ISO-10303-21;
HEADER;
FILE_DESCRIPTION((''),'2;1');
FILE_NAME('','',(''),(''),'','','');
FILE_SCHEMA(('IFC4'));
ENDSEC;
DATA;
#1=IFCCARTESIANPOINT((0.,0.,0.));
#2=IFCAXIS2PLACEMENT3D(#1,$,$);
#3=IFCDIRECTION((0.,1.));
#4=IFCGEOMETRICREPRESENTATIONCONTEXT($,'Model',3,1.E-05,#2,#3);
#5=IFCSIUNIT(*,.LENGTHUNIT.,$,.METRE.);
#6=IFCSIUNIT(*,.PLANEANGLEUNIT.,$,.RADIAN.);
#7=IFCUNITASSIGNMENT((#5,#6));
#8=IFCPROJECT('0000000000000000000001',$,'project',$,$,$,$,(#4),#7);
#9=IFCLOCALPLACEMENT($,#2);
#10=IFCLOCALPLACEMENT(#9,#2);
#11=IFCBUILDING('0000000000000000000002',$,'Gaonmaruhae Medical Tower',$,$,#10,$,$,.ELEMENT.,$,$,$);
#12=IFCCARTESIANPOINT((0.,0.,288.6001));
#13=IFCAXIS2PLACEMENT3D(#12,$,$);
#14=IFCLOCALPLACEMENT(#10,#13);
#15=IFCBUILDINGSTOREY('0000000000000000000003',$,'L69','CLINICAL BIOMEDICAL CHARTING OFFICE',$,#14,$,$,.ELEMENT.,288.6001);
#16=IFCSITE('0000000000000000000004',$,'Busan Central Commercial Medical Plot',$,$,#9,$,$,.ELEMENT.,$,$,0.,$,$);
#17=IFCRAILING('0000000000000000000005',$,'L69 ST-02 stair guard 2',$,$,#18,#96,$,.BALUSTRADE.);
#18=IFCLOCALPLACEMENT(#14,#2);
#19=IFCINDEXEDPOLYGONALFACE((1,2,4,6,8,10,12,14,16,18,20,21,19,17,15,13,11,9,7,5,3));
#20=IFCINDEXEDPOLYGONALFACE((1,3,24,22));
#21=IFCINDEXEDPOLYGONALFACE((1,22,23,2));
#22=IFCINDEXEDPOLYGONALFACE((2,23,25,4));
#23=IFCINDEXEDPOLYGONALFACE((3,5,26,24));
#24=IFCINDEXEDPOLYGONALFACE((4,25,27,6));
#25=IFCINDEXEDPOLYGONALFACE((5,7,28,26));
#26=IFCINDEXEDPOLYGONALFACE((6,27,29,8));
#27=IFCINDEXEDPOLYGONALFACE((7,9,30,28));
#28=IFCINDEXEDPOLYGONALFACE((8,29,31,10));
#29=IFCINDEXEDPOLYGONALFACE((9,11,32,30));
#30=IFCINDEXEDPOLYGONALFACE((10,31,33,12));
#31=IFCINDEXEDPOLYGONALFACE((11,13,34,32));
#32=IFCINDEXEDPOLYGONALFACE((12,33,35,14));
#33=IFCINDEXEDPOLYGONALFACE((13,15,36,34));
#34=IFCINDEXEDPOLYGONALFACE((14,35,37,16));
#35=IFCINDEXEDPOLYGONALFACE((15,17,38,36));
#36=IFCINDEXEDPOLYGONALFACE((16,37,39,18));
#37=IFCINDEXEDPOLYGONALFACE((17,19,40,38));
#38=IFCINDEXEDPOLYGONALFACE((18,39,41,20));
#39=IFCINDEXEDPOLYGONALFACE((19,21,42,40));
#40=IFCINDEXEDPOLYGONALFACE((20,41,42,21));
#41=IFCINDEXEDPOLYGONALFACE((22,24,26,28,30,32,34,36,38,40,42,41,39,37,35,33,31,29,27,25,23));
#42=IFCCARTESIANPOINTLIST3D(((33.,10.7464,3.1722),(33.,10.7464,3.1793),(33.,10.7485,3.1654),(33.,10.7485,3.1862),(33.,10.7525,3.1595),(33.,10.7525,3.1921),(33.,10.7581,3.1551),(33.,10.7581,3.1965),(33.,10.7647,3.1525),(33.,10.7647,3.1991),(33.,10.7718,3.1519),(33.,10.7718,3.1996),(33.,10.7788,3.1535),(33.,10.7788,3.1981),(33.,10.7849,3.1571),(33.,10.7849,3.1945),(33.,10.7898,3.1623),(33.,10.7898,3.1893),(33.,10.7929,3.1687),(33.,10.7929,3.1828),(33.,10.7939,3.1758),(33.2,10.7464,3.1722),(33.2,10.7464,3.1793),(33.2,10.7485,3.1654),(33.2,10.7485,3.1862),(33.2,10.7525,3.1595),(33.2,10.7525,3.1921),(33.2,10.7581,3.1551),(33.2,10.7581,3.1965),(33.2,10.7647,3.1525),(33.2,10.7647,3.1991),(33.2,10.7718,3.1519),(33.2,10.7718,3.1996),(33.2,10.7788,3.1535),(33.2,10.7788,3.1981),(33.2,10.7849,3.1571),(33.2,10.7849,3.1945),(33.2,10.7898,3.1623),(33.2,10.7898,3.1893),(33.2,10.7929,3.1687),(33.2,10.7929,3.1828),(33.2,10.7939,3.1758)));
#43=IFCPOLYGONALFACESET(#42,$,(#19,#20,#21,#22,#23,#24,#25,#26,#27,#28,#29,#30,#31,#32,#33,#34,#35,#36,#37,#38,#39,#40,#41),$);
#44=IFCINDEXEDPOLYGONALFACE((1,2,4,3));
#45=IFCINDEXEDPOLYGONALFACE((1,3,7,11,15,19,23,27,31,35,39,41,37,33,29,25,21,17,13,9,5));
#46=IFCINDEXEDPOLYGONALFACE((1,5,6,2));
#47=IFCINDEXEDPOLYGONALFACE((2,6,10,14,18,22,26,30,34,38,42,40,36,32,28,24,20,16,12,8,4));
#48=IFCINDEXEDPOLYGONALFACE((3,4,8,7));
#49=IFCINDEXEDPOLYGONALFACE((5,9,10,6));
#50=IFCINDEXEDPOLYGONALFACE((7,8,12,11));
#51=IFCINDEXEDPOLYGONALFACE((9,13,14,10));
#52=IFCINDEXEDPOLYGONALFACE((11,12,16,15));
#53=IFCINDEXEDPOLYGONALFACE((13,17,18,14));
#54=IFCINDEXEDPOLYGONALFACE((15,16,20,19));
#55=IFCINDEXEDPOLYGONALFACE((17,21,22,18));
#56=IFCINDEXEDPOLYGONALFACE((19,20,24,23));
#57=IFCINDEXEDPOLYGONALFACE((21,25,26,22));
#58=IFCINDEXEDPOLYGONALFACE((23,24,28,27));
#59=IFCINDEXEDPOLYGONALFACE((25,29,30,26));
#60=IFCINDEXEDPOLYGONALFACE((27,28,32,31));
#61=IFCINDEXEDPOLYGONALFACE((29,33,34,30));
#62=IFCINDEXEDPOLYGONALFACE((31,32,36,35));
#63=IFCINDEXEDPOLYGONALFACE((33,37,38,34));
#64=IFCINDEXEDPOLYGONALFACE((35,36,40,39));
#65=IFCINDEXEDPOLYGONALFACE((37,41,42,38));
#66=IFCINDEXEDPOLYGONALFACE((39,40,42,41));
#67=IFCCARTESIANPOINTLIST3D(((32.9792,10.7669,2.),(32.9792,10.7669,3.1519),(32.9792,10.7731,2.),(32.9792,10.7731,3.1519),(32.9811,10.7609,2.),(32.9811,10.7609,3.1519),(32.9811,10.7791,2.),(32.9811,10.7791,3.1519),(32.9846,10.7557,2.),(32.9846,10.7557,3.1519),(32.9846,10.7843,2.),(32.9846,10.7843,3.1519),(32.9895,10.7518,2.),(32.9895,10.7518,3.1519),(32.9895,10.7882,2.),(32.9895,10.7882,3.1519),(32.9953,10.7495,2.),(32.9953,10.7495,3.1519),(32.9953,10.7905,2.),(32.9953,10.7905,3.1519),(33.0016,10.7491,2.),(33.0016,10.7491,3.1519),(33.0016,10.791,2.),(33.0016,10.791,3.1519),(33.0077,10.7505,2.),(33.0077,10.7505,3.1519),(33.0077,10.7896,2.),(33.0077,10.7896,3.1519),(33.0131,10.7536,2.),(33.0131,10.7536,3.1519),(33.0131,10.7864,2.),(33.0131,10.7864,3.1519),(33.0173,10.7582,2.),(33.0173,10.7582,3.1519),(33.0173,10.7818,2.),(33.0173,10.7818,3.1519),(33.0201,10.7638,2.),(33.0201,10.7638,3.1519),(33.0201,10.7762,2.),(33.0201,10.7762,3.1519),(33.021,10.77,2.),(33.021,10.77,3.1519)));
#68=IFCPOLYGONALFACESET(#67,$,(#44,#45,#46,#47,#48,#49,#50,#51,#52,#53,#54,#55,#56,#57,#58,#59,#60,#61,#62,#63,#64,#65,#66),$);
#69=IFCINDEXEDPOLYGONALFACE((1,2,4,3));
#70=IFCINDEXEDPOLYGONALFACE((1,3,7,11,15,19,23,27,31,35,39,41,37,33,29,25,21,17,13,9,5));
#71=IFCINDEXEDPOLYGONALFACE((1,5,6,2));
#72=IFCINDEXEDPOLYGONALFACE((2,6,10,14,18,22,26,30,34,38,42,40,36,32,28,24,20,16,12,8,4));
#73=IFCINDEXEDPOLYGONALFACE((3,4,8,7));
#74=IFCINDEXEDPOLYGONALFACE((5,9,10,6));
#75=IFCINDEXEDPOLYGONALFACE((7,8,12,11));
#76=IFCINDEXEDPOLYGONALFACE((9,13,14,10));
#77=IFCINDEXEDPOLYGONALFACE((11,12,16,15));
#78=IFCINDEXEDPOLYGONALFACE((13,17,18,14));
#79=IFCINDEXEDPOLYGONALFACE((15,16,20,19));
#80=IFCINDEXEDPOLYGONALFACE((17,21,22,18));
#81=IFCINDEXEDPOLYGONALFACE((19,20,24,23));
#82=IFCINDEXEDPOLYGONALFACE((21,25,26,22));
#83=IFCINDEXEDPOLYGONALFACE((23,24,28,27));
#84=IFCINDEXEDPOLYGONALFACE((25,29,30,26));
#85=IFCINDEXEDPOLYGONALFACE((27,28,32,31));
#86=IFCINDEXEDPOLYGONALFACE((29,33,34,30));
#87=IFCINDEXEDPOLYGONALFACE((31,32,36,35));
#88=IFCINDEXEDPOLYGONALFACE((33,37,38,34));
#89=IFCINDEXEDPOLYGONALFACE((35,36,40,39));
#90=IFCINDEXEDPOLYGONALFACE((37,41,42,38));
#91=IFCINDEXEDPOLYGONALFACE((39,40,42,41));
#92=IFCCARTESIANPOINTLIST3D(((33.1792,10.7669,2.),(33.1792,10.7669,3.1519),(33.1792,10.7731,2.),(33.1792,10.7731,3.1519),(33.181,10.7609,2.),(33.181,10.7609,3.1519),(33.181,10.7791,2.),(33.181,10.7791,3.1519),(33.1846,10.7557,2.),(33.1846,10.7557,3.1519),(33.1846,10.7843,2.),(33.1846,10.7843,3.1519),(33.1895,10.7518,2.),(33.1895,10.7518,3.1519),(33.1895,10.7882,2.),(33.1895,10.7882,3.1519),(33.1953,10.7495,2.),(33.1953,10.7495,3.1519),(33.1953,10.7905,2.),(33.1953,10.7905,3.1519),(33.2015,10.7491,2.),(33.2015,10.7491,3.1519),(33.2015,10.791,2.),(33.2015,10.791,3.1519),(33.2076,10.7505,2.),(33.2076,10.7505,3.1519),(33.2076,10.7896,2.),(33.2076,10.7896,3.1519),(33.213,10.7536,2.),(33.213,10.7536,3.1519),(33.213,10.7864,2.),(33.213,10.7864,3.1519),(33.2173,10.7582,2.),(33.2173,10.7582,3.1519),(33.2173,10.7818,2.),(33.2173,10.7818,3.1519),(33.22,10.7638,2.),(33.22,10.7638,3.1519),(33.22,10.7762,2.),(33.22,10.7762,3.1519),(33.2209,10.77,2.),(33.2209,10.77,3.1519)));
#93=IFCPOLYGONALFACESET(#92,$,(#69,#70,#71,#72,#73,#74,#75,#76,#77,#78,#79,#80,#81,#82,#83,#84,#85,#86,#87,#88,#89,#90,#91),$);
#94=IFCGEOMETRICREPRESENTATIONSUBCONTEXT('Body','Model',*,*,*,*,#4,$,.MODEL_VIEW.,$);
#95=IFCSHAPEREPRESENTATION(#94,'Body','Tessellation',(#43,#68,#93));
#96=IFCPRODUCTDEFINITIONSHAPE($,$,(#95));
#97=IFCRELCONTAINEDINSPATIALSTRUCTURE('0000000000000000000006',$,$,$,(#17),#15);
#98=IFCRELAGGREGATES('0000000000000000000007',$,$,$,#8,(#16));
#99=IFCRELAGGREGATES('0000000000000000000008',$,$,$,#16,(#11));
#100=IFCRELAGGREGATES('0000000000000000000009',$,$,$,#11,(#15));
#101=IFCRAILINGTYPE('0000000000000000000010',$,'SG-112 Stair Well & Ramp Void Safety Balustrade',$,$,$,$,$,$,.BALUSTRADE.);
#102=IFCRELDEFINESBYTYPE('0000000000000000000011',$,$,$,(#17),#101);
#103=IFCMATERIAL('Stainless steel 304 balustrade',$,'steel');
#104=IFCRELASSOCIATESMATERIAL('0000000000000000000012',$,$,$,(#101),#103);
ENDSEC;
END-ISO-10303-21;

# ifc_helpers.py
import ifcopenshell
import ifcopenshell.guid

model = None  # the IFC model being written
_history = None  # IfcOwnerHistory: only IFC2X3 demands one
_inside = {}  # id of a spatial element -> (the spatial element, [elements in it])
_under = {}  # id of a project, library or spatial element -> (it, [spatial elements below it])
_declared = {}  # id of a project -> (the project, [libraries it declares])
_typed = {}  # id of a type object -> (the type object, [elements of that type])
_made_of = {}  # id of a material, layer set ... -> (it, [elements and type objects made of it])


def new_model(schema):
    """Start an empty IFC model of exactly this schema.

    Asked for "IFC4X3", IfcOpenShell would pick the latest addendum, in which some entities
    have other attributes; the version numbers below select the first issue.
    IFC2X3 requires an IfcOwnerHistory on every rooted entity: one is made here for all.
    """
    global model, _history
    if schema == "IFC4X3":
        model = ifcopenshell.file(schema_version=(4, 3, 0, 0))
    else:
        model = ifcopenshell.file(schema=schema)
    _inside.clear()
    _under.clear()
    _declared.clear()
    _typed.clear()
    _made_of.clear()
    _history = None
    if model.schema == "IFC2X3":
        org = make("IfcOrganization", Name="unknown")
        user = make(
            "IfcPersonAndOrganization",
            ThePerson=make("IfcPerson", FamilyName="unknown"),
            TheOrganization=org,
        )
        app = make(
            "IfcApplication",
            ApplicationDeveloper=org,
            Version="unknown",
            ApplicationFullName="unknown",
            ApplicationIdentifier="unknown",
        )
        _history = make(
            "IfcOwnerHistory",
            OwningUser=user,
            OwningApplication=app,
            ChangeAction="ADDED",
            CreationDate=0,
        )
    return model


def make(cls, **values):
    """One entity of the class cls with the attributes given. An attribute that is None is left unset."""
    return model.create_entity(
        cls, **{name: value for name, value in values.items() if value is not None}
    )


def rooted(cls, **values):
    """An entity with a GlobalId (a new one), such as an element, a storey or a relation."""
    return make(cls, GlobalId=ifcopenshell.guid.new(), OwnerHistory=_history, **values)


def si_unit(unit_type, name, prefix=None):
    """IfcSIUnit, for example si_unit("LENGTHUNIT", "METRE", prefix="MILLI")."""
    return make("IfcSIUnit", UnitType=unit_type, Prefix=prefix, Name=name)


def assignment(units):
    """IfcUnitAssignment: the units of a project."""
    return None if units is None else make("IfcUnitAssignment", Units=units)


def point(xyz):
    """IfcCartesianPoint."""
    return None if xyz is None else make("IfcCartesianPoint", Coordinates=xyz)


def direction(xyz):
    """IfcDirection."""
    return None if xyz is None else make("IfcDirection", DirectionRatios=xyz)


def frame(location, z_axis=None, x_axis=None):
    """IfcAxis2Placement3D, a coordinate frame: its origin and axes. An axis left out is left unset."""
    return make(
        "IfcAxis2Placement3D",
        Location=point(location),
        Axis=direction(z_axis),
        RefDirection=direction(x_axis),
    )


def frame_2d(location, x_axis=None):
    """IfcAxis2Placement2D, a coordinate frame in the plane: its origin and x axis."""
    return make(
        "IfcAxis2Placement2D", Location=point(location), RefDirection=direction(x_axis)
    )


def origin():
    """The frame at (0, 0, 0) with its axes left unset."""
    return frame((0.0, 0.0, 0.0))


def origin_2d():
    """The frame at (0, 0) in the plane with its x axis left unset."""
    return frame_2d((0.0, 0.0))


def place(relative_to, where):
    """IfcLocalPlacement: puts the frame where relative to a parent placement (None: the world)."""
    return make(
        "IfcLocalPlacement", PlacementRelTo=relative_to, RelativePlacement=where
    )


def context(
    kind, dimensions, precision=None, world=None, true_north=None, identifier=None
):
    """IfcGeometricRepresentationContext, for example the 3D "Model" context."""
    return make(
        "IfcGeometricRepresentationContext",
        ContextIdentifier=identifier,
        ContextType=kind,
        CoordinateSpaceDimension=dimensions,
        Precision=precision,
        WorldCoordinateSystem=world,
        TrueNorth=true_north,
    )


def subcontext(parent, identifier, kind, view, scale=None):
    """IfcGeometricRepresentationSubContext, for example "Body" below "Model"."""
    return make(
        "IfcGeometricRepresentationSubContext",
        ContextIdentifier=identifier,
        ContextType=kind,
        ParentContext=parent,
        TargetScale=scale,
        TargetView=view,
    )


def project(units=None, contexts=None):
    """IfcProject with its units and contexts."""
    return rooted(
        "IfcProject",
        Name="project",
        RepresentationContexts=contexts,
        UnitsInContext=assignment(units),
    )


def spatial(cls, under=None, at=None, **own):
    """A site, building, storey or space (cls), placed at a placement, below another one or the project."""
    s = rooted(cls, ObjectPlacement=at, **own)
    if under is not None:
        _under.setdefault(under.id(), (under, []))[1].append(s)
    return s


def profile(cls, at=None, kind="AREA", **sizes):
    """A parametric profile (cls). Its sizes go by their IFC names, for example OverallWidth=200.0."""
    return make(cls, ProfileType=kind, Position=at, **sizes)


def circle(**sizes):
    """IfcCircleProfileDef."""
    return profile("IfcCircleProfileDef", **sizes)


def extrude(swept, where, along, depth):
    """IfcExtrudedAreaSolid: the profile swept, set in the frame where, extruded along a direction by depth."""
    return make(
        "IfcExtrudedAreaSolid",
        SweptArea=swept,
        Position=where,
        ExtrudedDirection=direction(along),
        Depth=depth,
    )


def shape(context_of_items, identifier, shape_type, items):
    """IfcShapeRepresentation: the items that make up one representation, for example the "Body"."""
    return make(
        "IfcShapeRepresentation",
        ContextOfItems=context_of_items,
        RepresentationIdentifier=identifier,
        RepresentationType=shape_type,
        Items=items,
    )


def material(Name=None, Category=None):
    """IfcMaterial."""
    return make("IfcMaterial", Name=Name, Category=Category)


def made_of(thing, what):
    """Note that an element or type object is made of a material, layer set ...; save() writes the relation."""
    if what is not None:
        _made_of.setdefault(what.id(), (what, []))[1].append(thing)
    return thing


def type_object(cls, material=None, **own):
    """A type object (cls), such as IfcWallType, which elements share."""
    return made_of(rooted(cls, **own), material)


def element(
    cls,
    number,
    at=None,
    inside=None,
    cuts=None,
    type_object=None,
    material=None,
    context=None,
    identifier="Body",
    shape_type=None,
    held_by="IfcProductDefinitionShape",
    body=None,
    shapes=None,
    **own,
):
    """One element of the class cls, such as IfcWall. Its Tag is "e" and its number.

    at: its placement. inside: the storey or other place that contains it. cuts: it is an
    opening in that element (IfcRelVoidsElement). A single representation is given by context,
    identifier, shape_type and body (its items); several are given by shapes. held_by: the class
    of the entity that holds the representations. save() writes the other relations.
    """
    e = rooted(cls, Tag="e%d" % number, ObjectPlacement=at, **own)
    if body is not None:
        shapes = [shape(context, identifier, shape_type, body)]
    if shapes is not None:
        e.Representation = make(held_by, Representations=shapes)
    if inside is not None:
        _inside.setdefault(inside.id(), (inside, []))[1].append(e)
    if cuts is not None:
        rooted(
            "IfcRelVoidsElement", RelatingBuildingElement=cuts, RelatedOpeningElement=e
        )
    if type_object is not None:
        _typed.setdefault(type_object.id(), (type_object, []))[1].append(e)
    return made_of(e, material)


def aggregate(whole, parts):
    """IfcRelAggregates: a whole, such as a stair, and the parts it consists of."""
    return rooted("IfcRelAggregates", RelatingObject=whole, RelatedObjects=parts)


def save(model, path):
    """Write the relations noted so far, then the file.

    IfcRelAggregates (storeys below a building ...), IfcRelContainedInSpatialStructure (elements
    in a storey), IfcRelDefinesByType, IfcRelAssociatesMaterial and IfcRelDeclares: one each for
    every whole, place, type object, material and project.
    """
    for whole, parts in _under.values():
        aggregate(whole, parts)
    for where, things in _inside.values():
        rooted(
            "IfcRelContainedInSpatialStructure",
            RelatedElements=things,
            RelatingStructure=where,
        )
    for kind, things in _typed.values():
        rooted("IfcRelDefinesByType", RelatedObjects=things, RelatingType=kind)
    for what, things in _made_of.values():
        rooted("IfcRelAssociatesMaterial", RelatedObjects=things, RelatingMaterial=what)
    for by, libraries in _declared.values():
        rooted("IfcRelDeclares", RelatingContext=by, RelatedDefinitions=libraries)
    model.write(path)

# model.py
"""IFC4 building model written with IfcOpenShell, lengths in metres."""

from ifc_helpers import new_model, si_unit, direction, frame, origin, origin_2d, place, context, subcontext, project, spatial, circle, extrude, material, type_object, element, save


model = new_model("IFC4")

# Units and contexts
model_context = context("Model", 3, precision=1e-05, world=origin(), true_north=direction((0.0, 1.0)))
body_context = subcontext(model_context, "Body", "Model", "MODEL_VIEW")
ifc_project = project(units=[si_unit("LENGTHUNIT", "METRE"), si_unit("PLANEANGLEUNIT", "RADIAN")], contexts=[model_context])

# Site, building, storey
site_placement = place(None, origin())
site = spatial("IfcSite", under=ifc_project, at=site_placement, Name="Busan Central Commercial Medical Plot", CompositionType="ELEMENT", RefElevation=0.0)
building_placement = place(site_placement, origin())
building = spatial("IfcBuilding", under=site, at=building_placement, Name="Gaonmaruhae Medical Tower", CompositionType="ELEMENT")
storey_placement = place(building_placement, frame((0.0, 0.0, 288.6001)))
storey = spatial("IfcBuildingStorey", under=building, at=storey_placement, Name="L69", Description="CLINICAL BIOMEDICAL CHARTING OFFICE", CompositionType="ELEMENT", Elevation=288.6001)

# Railing
ifc_material_1 = material(Name="Stainless steel 304 balustrade", Category="steel")
railing_type_1 = type_object("IfcRailingType", Name="SG-112 Stair Well & Ramp Void Safety Balustrade", PredefinedType="BALUSTRADE", material=ifc_material_1)
railing_1_placement = place(storey_placement, frame((33.0, 10.77, 2.0)))
element("IfcRailing", 1, at=railing_1_placement, inside=storey, type_object=railing_type_1, Name="L69 ST-02 stair guard 2", PredefinedType="BALUSTRADE", context=body_context, shape_type="SweptSolid", body=[
    extrude(circle(Radius=0.0239, at=origin_2d()), frame((0.0, 0.0, 1.1758), z_axis=(1.0, 0.0, 0.0), x_axis=(0.0, 1.0, 0.0)), (0.0, 0.0, 1.0), 0.2),
    extrude(circle(Radius=0.021, at=origin_2d()), origin(), (0.0, 0.0, 1.0), 1.1519),
    extrude(circle(Radius=0.021, at=origin_2d()), frame((0.2, 0.0, 0.0)), (0.0, 0.0, 1.0), 1.1519),
])

save(model, "model.ifc")
